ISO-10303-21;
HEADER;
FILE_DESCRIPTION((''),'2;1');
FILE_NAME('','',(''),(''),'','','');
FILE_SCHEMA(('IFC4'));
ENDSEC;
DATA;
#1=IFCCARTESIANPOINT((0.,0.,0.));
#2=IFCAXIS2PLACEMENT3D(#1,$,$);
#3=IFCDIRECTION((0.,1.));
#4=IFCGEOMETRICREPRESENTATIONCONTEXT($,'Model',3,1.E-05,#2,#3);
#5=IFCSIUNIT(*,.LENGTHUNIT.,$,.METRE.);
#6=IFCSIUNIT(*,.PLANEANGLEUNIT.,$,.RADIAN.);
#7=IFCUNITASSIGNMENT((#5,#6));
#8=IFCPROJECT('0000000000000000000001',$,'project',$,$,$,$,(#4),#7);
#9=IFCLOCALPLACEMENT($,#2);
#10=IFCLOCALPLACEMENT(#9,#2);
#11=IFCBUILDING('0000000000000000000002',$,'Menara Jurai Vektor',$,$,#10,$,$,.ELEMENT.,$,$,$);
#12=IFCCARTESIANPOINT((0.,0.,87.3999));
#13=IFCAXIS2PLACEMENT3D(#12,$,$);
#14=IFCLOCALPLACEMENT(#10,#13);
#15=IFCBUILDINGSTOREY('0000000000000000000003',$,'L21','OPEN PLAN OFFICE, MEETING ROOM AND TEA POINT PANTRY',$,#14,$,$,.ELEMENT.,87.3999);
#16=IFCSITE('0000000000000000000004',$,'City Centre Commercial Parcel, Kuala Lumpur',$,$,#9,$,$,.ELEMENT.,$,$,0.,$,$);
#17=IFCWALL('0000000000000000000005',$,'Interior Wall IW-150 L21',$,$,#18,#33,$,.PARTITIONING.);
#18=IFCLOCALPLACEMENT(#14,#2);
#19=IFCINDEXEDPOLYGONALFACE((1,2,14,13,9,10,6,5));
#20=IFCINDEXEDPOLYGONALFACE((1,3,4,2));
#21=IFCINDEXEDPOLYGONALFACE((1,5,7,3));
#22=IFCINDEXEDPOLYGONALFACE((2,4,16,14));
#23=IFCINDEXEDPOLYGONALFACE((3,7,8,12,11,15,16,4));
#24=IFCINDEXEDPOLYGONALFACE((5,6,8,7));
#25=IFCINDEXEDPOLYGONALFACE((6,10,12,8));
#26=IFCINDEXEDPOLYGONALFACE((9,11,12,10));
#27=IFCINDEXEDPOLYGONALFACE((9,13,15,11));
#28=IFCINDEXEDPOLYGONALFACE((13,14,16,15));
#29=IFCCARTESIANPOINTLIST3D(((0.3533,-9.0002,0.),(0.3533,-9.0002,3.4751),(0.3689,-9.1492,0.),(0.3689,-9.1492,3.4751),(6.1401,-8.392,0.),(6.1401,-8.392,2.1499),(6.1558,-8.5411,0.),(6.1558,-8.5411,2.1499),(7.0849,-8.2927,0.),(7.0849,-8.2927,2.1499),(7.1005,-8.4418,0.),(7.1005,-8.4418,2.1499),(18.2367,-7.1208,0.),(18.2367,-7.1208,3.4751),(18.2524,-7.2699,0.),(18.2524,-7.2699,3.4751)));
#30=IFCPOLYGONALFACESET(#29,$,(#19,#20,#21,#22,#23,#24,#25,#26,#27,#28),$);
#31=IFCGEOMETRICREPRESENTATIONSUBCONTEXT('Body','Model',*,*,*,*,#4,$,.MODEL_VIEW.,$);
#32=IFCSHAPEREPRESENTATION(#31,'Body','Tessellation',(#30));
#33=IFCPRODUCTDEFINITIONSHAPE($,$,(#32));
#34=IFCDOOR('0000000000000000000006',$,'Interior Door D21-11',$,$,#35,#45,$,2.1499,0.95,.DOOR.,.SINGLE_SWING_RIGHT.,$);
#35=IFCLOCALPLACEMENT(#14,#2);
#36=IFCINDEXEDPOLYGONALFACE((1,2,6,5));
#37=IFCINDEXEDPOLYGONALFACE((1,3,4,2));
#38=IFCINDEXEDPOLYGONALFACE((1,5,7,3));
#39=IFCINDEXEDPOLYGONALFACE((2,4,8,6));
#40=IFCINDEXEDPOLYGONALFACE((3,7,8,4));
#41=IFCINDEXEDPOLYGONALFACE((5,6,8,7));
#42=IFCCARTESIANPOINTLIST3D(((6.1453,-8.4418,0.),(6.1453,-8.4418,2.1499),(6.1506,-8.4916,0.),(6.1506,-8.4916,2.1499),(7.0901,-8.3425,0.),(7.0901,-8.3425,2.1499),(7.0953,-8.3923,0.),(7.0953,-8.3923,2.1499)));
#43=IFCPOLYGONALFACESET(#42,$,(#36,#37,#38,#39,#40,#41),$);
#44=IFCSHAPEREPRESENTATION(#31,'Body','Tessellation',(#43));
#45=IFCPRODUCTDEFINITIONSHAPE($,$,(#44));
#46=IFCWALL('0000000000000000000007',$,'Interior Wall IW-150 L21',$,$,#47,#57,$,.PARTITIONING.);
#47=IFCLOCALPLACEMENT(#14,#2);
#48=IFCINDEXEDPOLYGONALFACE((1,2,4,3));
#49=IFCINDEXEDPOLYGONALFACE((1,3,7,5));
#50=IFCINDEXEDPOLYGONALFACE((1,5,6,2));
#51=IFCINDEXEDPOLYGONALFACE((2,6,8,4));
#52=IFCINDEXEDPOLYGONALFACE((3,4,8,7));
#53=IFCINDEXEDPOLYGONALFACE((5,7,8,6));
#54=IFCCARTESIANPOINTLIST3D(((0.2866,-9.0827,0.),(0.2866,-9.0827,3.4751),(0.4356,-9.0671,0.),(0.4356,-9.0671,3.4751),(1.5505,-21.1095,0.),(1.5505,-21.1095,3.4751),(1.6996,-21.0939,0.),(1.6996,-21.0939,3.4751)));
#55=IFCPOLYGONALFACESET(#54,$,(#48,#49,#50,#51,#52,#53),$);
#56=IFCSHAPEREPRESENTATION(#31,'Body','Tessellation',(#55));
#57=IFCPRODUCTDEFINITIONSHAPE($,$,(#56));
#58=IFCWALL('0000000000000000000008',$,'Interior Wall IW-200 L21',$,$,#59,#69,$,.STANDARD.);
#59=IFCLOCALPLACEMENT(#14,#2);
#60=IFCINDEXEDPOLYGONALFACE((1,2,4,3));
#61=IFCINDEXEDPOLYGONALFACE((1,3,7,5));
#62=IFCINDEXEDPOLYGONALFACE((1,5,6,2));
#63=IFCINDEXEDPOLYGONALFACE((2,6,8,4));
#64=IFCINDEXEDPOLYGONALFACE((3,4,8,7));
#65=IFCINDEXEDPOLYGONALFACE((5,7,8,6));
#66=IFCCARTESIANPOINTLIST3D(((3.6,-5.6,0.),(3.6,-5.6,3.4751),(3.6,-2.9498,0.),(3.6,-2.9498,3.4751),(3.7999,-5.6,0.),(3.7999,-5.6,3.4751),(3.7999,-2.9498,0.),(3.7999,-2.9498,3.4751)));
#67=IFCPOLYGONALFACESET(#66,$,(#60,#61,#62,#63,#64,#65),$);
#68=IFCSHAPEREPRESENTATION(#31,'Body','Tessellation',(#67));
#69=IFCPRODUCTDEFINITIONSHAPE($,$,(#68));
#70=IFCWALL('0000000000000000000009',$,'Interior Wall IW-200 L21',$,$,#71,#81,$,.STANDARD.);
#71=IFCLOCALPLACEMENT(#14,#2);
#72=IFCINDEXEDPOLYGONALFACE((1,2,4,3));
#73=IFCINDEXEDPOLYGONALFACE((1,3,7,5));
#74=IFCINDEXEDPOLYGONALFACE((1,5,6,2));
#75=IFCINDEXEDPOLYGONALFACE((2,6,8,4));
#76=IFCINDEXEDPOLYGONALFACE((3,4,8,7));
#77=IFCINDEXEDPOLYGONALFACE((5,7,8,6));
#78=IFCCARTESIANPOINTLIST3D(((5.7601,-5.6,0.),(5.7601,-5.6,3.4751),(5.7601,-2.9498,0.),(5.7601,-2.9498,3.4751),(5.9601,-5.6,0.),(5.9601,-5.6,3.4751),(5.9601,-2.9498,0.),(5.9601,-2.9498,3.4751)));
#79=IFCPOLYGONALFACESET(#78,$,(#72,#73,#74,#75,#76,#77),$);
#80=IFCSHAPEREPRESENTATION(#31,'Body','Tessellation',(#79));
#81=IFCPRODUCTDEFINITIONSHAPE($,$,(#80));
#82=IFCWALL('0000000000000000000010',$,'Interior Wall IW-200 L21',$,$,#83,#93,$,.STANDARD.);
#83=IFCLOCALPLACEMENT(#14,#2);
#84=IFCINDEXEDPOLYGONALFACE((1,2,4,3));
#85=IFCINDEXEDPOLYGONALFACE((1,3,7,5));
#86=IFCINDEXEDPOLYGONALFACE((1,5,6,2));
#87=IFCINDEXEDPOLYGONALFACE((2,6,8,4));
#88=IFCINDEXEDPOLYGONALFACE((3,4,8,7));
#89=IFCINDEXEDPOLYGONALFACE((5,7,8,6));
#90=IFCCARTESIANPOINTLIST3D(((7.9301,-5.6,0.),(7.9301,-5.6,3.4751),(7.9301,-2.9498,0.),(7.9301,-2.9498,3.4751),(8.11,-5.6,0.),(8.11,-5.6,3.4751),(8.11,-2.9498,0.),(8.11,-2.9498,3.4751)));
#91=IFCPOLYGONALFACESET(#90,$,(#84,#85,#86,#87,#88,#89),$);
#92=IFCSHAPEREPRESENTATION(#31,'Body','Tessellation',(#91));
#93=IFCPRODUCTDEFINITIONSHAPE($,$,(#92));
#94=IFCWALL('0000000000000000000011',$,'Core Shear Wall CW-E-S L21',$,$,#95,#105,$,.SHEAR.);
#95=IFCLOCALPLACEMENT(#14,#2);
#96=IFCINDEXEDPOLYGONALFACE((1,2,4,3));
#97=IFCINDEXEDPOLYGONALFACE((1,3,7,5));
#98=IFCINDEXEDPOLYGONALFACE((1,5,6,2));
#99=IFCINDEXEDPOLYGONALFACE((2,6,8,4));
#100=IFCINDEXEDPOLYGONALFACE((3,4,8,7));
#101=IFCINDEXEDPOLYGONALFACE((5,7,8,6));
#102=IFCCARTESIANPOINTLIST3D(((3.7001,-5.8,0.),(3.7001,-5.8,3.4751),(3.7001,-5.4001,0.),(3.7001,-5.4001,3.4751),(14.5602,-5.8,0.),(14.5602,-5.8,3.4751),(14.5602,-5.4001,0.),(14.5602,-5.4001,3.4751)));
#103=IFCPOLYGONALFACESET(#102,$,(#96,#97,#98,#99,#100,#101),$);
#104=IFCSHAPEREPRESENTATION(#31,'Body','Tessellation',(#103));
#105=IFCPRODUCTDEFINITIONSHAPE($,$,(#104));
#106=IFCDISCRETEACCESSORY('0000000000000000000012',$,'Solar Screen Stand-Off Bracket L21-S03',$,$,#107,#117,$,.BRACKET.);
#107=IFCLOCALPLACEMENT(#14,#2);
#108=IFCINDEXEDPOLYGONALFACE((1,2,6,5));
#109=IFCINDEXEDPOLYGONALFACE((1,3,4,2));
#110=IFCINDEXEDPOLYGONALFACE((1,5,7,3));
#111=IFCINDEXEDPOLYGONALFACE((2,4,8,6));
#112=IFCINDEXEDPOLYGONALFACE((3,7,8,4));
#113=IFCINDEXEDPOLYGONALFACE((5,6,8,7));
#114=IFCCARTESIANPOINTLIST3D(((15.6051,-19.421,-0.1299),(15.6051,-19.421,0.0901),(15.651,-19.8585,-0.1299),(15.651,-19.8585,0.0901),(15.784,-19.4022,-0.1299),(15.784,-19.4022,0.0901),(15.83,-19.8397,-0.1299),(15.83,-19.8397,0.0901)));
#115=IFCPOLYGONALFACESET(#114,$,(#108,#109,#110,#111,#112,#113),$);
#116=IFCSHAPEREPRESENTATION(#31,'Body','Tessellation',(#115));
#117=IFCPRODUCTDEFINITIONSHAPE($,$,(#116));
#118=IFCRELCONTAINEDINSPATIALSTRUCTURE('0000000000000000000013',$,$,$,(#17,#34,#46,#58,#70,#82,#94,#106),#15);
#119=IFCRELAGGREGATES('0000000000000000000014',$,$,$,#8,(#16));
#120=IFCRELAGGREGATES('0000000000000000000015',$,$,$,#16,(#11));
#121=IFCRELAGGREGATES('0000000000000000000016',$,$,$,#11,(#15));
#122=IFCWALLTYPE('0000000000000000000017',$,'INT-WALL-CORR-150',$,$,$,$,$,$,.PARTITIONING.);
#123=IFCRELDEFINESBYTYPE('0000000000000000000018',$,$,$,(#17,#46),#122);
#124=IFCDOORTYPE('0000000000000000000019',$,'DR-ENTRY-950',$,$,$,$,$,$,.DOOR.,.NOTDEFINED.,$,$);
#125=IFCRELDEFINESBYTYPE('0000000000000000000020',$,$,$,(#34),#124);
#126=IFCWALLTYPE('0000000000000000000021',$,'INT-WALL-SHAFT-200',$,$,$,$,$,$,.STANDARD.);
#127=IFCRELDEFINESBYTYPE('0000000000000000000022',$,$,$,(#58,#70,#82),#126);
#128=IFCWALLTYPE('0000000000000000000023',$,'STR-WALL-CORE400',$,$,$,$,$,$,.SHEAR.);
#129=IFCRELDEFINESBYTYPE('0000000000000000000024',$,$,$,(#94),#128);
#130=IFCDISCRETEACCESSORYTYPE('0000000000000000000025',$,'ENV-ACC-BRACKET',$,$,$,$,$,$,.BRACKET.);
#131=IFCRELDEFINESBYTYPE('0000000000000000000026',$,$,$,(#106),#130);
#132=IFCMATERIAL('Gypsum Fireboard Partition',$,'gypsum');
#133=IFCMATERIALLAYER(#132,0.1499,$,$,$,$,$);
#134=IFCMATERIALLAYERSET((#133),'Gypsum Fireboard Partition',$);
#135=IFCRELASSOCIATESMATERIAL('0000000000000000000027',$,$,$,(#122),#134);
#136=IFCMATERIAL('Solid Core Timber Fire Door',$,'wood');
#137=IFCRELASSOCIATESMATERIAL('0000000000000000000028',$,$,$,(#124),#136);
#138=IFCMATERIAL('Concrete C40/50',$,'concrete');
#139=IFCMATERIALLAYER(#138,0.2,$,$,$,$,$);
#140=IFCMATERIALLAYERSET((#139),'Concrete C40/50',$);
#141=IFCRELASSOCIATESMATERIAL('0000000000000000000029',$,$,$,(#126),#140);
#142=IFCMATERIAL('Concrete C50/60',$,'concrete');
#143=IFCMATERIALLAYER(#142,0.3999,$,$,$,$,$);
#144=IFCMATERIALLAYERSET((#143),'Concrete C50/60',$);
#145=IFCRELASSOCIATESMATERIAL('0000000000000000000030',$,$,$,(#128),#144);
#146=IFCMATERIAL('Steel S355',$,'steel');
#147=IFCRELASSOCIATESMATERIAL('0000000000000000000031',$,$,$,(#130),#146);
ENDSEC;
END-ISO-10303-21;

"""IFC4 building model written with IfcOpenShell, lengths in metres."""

from ifc_helpers import new_model, si_unit, direction, frame, frame_2d, origin, origin_2d, place, context, subcontext, project, spatial, rectangle, extrude, material, layer, layer_set, type_object, element, fill, save


model = new_model("IFC4")

# Units and contexts
model_context = context("Model", 3, precision=1e-05, world=origin(), true_north=direction((0.0, 1.0)))
body_context = subcontext(model_context, "Body", "Model", "MODEL_VIEW")
ifc_project = project(units=[si_unit("LENGTHUNIT", "METRE"), si_unit("PLANEANGLEUNIT", "RADIAN")], contexts=[model_context])

# Site, building, storey
site_placement = place(None, origin())
site = spatial("IfcSite", under=ifc_project, at=site_placement, Name="City Centre Commercial Parcel, Kuala Lumpur", CompositionType="ELEMENT", RefElevation=0.0)
building_placement = place(site_placement, origin())
building = spatial("IfcBuilding", under=site, at=building_placement, Name="Menara Jurai Vektor", CompositionType="ELEMENT")
storey_placement = place(building_placement, frame((0.0, 0.0, 87.3999)))
storey = spatial("IfcBuildingStorey", under=building, at=storey_placement, Name="L21", Description="OPEN PLAN OFFICE, MEETING ROOM AND TEA POINT PANTRY", CompositionType="ELEMENT", Elevation=87.3999)

# Shared definitions
ifc_material_1 = material(Name="Concrete C50/60", Category="concrete")

# Shared definitions
ifc_material_2 = material(Name="Steel S355", Category="steel")

# Wall, opening, door
ifc_material_3 = material(Name="Gypsum Fireboard Partition", Category="gypsum")
ifc_layer_1 = layer(ifc_material_3, 0.1499)
ifc_layer_set_1 = layer_set([ifc_layer_1], Name="Gypsum Fireboard Partition")
wall_type_1 = type_object("IfcWallType", Name="INT-WALL-CORR-150", PredefinedType="PARTITIONING", material=ifc_layer_set_1)
wall_1_placement = place(storey_placement, frame((0.3611, -9.0747, 0.0), z_axis=(0.0, 0.0, 1.0), x_axis=(0.994523, 0.104515, 0.0)))
wall_1 = element("IfcWall", 1, at=wall_1_placement, inside=storey, type_object=wall_type_1, Name="Interior Wall IW-150 L21", PredefinedType="PARTITIONING", context=body_context, shape_type="SweptSolid", body=[
    extrude(rectangle(XDim=17.9819, YDim=0.1499, at=frame_2d((8.991, 0.0))), origin(), (0.0, 0.0, 1.0), 3.4751),
])
opening_placement = place(wall_1_placement, frame((5.8186, 0.0, 0.0)))
opening = element("IfcOpeningElement", 2, at=opening_placement, cuts=wall_1, PredefinedType="OPENING", context=body_context, shape_type="SweptSolid", body=[
    extrude(rectangle(XDim=0.95, YDim=2.1499, at=frame_2d((0.4751, 1.075))), frame((0.0, 0.085, 0.0), z_axis=(0.0, -1.0, 0.0), x_axis=(1.0, 0.0, 0.0)), (0.0, 0.0, 1.0), 0.1699),
])
ifc_material_4 = material(Name="Solid Core Timber Fire Door", Category="wood")
door_type = type_object("IfcDoorType", Name="DR-ENTRY-950", OperationType="NOTDEFINED", PredefinedType="DOOR", material=ifc_material_4)
door_placement = place(opening_placement, origin())
door = element("IfcDoor", 3, at=door_placement, inside=storey, type_object=door_type, Name="Interior Door D21-11", OperationType="SINGLE_SWING_RIGHT", OverallHeight=2.1499, OverallWidth=0.95, PredefinedType="DOOR", context=body_context, shape_type="SweptSolid", body=[
    extrude(rectangle(XDim=0.95, YDim=2.1499, at=frame_2d((0.4751, 1.075))), frame((0.0, 0.0249, 0.0), z_axis=(0.0, -1.0, 0.0), x_axis=(1.0, 0.0, 0.0)), (0.0, 0.0, 1.0), 0.05),
])
fill(opening, door)

# Walls
wall_2_placement = place(storey_placement, frame((1.625, -21.1016, 0.0), z_axis=(0.0, 0.0, 1.0), x_axis=(-0.104516, 0.994523, 0.0)))
element("IfcWall", 4, at=wall_2_placement, inside=storey, type_object=wall_type_1, Name="Interior Wall IW-150 L21", PredefinedType="PARTITIONING", context=body_context, shape_type="SweptSolid", body=[
    extrude(rectangle(XDim=12.093, YDim=0.1499, at=frame_2d((6.0464, 0.0))), origin(), (0.0, 0.0, 1.0), 3.4751),
])
ifc_material_5 = material(Name="Concrete C40/50", Category="concrete")
ifc_layer_2 = layer(ifc_material_5, 0.2)
ifc_layer_set_2 = layer_set([ifc_layer_2], Name="Concrete C40/50")
wall_type_2 = type_object("IfcWallType", Name="INT-WALL-SHAFT-200", PredefinedType="STANDARD", material=ifc_layer_set_2)
for number, where, z_axis, x_axis, name in (
    (5, (3.7, -5.6001, 0.0), (0.0, 0.0, 1.0), (0.0, 1.0, 0.0), "Interior Wall IW-200 L21"),
    (6, (5.8601, -5.6001, 0.0), (0.0, 0.0, 1.0), (0.0, 1.0, 0.0), "Interior Wall IW-200 L21"),
):
    element("IfcWall", number, at=place(storey_placement, frame(where, z_axis=z_axis, x_axis=x_axis)), inside=storey, type_object=wall_type_2, Name=name, PredefinedType="STANDARD", context=body_context, shape_type="SweptSolid", body=[
        extrude(rectangle(XDim=2.6501, YDim=0.2, at=frame_2d((1.3252, 0.0))), origin(), (0.0, 0.0, 1.0), 3.4751),
    ])
wall_3_placement = place(storey_placement, frame((8.02, -5.6001, 0.0), z_axis=(0.0, 0.0, 1.0), x_axis=(0.0, 1.0, 0.0)))
element("IfcWall", 7, at=wall_3_placement, inside=storey, type_object=wall_type_2, Name="Interior Wall IW-200 L21", PredefinedType="STANDARD", context=body_context, shape_type="SweptSolid", body=[
    extrude(rectangle(XDim=2.6501, YDim=0.1799, at=frame_2d((1.3252, 0.0))), origin(), (0.0, 0.0, 1.0), 3.4751),
])
ifc_layer_3 = layer(ifc_material_1, 0.3999)
ifc_layer_set_3 = layer_set([ifc_layer_3], Name="Concrete C50/60")
wall_type_3 = type_object("IfcWallType", Name="STR-WALL-CORE400", PredefinedType="SHEAR", material=ifc_layer_set_3)
wall_4_placement = place(storey_placement, frame((3.7, -5.6001, 0.0), z_axis=(0.0, 0.0, 1.0), x_axis=(1.0, 0.0, 0.0)))
element("IfcWall", 8, at=wall_4_placement, inside=storey, type_object=wall_type_3, Name="Core Shear Wall CW-E-S L21", PredefinedType="SHEAR", context=body_context, shape_type="SweptSolid", body=[
    extrude(rectangle(XDim=10.8601, YDim=0.3999, at=frame_2d((5.4302, 0.0))), origin(), (0.0, 0.0, 1.0), 3.4751),
])

# Discrete accessory
discrete_accessory_type = type_object("IfcDiscreteAccessoryType", Name="ENV-ACC-BRACKET", PredefinedType="BRACKET", material=ifc_material_2)
discrete_accessory_placement = place(storey_placement, frame((15.7175, -19.6304, -0.1299), z_axis=(0.0, 0.0, 1.0), x_axis=(0.994522, 0.104528, 0.0)))
element("IfcDiscreteAccessory", 9, at=discrete_accessory_placement, inside=storey, type_object=discrete_accessory_type, Name="Solar Screen Stand-Off Bracket L21-S03", PredefinedType="BRACKET", context=body_context, shape_type="SweptSolid", body=[
    extrude(rectangle(XDim=0.1799, YDim=0.4399, at=origin_2d()), origin(), (0.0, 0.0, 1.0), 0.22),
])

save(model, "model.ifc")
